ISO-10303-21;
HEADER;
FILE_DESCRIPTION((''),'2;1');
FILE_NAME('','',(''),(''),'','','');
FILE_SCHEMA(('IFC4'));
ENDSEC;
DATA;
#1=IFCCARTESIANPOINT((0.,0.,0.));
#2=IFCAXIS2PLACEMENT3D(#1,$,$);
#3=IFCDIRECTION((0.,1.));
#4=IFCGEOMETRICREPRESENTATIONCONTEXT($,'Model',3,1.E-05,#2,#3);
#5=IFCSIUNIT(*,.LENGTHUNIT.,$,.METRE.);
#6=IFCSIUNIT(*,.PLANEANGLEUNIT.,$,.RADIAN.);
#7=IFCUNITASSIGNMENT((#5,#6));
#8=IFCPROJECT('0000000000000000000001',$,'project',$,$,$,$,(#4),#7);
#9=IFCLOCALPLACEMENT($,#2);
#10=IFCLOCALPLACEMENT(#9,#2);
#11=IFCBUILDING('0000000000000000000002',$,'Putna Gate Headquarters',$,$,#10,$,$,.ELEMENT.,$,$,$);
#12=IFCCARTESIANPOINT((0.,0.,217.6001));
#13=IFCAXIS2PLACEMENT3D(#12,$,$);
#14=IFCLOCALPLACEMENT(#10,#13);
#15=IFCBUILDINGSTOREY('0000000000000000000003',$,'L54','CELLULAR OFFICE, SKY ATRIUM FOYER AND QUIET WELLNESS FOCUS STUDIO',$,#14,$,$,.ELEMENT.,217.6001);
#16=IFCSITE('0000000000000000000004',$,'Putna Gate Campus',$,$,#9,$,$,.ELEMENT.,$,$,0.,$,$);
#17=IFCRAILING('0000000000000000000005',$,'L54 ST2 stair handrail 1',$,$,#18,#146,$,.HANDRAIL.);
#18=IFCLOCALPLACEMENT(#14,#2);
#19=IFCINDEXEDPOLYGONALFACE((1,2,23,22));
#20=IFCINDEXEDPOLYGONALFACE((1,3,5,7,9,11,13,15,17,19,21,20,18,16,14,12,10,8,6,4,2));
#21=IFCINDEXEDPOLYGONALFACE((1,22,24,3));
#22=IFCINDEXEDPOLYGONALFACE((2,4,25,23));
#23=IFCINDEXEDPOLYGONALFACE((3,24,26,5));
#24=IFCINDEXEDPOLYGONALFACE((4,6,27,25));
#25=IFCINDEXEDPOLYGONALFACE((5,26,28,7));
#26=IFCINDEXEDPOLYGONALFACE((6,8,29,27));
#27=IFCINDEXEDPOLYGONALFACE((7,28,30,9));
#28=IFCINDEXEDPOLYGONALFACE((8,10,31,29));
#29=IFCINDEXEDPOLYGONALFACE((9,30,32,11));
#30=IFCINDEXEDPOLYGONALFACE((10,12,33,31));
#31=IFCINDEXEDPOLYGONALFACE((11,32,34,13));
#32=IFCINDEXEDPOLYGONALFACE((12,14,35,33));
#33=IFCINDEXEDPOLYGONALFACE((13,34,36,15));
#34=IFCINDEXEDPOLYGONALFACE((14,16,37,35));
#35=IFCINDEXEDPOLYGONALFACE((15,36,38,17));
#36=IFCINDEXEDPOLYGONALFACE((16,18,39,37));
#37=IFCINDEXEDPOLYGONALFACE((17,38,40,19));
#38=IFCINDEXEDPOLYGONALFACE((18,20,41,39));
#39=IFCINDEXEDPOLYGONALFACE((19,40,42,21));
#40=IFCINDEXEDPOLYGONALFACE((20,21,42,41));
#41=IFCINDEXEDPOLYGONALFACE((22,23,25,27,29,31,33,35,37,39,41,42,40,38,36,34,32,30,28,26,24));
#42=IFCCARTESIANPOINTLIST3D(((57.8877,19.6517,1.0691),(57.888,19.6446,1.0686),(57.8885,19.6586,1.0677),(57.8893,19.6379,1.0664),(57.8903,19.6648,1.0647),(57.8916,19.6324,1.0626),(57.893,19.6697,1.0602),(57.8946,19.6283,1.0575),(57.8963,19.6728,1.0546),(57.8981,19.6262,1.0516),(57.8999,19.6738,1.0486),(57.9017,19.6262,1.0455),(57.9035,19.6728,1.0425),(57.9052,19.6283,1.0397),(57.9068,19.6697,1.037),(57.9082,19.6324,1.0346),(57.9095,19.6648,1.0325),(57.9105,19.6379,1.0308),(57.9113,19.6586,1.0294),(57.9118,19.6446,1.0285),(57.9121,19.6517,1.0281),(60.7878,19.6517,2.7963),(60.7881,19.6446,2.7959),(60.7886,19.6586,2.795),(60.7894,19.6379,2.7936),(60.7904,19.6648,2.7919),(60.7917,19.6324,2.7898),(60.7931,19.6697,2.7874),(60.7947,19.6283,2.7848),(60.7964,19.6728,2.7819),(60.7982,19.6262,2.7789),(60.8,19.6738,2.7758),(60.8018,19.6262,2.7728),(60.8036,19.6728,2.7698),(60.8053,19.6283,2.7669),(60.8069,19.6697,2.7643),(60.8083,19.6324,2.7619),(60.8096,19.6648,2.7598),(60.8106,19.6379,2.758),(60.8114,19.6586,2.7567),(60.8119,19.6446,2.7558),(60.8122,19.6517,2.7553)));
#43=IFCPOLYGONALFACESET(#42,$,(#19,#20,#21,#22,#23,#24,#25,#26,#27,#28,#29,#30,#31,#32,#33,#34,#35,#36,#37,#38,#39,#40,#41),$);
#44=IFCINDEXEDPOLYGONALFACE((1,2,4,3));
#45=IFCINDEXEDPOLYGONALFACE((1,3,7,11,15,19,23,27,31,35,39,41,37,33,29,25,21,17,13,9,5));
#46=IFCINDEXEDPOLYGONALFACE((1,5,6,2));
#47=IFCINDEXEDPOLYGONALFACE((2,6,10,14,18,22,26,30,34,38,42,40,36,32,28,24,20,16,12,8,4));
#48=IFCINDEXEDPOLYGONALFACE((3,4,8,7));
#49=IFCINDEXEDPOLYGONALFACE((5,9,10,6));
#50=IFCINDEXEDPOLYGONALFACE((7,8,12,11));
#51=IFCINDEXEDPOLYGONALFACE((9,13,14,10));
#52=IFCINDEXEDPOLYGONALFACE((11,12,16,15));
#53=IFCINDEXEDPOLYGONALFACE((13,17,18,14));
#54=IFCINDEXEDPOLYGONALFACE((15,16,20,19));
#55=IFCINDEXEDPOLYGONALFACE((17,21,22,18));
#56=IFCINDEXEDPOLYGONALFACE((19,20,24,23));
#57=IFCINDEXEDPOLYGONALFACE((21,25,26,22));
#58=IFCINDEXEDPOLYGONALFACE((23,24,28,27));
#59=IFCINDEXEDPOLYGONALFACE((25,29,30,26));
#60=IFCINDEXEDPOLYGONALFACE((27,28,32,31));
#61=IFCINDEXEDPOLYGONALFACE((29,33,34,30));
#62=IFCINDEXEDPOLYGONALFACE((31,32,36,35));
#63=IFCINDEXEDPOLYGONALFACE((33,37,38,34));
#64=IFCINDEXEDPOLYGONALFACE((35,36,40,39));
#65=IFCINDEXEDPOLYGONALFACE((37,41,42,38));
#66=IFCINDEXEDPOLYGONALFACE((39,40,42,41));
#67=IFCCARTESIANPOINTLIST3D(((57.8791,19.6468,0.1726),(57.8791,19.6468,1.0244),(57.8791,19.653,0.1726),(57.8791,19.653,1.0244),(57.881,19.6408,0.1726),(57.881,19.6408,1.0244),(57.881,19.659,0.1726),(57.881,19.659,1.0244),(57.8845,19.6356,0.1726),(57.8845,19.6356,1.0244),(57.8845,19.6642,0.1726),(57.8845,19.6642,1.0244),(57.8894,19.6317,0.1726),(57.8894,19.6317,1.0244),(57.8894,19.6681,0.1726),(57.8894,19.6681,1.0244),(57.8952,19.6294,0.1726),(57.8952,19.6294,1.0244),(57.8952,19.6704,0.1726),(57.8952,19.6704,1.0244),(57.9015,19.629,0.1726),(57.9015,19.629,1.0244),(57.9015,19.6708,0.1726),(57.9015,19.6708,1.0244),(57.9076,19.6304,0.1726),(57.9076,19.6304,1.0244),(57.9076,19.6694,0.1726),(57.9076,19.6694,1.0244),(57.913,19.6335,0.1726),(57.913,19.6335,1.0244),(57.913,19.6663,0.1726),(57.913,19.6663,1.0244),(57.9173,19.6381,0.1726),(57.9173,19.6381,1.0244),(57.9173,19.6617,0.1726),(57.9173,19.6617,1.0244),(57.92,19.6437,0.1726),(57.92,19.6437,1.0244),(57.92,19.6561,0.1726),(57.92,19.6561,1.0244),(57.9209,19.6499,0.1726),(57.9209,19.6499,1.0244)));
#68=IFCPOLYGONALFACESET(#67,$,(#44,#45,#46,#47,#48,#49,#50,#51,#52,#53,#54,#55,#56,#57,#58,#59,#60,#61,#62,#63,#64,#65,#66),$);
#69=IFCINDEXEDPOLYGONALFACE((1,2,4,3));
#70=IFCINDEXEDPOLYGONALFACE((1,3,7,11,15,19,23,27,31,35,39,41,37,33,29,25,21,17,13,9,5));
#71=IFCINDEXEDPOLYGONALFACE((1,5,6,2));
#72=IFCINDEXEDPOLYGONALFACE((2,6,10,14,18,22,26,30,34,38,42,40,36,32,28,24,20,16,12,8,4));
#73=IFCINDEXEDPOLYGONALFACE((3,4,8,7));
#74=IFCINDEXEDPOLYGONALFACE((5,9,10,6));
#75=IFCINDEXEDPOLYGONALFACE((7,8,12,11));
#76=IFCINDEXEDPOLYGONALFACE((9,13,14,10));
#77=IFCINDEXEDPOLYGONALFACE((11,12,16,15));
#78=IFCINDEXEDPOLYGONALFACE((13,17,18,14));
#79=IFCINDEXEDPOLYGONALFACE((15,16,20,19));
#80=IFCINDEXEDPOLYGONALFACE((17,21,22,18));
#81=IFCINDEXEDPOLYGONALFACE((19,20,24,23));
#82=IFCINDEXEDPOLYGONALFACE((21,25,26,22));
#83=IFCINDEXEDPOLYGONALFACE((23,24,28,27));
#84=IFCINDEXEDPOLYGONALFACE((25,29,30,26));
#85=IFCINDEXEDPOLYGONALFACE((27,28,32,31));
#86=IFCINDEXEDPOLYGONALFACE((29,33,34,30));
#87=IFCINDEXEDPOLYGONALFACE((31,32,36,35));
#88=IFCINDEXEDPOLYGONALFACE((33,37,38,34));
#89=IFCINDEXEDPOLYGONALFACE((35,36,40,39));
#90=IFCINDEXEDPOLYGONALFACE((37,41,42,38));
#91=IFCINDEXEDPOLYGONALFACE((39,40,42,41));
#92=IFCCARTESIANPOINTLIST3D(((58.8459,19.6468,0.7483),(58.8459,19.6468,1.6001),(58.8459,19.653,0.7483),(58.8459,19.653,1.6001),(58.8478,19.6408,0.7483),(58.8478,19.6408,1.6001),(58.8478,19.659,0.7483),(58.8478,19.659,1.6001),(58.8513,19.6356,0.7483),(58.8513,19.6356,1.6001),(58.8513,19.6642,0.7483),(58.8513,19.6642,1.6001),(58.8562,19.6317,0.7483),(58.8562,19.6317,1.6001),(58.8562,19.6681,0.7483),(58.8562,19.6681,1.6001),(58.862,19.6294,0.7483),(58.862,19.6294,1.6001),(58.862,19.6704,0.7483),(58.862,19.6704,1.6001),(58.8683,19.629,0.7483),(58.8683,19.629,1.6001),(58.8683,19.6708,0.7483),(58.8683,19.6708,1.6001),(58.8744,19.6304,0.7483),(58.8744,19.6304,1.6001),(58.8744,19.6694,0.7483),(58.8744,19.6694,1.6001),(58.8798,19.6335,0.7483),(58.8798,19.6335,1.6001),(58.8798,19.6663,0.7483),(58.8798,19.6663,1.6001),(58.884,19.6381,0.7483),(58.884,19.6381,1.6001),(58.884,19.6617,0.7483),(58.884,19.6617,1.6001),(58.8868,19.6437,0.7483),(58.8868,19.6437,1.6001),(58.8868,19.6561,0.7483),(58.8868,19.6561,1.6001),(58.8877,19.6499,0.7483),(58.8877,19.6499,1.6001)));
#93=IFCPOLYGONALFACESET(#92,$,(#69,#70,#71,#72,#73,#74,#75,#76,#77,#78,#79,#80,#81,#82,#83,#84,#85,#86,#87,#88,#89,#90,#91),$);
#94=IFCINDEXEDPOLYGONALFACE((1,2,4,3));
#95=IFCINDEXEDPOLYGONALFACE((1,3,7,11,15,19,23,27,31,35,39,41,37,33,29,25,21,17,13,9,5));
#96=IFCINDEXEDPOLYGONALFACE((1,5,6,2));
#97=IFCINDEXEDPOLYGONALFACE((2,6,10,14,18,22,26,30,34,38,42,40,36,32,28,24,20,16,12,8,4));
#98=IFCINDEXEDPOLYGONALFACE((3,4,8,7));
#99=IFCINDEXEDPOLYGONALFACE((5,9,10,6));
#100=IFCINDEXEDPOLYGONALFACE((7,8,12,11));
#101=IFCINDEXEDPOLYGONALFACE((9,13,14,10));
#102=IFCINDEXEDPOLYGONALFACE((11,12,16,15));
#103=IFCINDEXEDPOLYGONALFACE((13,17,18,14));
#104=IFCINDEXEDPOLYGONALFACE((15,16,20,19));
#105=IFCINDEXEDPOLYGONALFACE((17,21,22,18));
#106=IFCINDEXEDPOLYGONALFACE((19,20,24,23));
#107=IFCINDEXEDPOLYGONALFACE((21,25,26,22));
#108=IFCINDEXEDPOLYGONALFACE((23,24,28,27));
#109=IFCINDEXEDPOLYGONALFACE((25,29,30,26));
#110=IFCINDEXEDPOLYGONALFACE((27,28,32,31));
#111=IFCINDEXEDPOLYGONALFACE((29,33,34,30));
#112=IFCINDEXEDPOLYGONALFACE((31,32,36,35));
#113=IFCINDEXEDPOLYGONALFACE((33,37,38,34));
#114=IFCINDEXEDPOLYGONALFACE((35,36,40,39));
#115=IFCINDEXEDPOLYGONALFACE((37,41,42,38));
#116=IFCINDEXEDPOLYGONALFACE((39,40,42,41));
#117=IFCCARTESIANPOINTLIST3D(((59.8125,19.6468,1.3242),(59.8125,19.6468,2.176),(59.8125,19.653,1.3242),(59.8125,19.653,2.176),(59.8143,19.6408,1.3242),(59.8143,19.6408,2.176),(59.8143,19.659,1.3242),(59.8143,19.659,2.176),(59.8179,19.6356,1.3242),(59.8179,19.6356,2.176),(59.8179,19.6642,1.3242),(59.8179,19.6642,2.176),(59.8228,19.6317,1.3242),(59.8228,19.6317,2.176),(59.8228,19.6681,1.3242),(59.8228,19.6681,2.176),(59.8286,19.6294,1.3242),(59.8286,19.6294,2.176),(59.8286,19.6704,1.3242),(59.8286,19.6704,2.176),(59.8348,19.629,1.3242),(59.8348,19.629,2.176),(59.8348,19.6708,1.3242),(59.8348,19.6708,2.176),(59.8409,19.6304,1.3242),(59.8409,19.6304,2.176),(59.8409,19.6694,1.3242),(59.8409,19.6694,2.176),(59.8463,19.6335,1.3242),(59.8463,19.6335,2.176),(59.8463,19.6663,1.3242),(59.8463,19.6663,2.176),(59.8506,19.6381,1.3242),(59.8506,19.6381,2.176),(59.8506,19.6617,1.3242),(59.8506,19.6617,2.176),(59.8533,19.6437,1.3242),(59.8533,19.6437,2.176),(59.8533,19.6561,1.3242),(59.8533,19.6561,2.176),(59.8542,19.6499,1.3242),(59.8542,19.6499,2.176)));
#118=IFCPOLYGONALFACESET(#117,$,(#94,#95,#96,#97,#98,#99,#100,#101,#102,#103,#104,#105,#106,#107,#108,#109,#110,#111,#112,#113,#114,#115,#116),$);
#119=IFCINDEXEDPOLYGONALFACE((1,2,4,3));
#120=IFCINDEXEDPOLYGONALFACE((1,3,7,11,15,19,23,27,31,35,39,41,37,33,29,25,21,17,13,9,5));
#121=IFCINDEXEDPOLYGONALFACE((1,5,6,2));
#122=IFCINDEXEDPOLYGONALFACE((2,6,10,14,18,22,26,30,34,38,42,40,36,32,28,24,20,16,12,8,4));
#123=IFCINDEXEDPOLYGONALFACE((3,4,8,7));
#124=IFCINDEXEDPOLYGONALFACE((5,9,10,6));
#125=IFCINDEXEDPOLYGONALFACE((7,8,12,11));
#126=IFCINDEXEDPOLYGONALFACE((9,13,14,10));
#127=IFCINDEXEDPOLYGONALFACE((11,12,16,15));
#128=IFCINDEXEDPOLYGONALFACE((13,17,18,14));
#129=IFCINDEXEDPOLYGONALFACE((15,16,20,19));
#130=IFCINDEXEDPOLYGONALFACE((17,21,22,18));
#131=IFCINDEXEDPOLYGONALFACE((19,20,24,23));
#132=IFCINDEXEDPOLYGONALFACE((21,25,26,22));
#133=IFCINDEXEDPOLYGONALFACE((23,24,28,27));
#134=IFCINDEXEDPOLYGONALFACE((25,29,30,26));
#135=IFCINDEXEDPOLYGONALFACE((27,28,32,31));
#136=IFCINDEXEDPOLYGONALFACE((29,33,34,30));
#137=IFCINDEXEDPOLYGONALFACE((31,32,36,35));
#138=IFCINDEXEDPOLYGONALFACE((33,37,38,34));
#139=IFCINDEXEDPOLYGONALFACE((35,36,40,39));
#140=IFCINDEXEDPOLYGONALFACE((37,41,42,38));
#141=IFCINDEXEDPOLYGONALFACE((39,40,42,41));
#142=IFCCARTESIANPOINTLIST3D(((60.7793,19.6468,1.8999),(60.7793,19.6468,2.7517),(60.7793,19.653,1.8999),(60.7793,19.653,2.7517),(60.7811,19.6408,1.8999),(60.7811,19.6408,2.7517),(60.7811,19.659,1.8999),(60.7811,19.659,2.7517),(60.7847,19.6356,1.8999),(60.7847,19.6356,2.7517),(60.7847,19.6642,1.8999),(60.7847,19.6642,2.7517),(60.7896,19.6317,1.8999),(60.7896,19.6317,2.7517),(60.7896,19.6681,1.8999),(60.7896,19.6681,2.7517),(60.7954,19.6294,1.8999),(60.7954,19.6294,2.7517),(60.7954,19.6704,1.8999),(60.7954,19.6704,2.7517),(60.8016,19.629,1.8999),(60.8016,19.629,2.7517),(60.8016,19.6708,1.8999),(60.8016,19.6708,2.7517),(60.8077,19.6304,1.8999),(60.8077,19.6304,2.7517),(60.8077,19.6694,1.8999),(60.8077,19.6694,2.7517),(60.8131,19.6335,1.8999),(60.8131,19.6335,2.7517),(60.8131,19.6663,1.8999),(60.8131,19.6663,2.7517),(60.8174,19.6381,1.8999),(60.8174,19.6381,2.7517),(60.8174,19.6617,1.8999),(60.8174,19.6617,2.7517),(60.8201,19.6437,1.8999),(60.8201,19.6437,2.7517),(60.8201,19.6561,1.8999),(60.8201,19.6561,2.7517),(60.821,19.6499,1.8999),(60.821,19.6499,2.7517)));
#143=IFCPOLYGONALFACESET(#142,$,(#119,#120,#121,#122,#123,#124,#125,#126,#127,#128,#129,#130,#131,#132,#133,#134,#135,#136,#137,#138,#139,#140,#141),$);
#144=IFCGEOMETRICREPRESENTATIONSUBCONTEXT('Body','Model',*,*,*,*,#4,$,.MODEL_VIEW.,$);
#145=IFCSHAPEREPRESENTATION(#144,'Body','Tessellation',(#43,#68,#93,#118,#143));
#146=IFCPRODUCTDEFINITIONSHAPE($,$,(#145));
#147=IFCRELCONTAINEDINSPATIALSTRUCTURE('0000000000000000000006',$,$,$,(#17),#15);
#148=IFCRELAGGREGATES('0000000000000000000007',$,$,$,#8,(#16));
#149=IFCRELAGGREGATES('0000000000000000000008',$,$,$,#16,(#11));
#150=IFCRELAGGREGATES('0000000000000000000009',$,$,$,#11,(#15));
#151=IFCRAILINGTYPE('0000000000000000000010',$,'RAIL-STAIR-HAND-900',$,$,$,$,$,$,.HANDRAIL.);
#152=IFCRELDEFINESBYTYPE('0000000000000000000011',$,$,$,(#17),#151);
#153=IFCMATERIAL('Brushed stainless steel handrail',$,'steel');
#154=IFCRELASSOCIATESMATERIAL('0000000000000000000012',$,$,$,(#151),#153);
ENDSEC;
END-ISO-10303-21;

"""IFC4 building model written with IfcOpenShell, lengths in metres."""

from ifc_helpers import new_model, si_unit, direction, frame, origin, origin_2d, place, context, subcontext, project, spatial, circle, extrude, material, type_object, element, save


model = new_model("IFC4")

# Units and contexts
model_context = context("Model", 3, precision=1e-05, world=origin(), true_north=direction((0.0, 1.0)))
body_context = subcontext(model_context, "Body", "Model", "MODEL_VIEW")
ifc_project = project(units=[si_unit("LENGTHUNIT", "METRE"), si_unit("PLANEANGLEUNIT", "RADIAN")], contexts=[model_context])

# Site, building, storey
site_placement = place(None, origin())
site = spatial("IfcSite", under=ifc_project, at=site_placement, Name="Putna Gate Campus", CompositionType="ELEMENT", RefElevation=0.0)
building_placement = place(site_placement, origin())
building = spatial("IfcBuilding", under=site, at=building_placement, Name="Putna Gate Headquarters", CompositionType="ELEMENT")
storey_placement = place(building_placement, frame((0.0, 0.0, 217.6001)))
storey = spatial("IfcBuildingStorey", under=building, at=storey_placement, Name="L54", Description="CELLULAR OFFICE, SKY ATRIUM FOYER AND QUIET WELLNESS FOCUS STUDIO", CompositionType="ELEMENT", Elevation=217.6001)

# Railing
ifc_material_1 = material(Name="Brushed stainless steel handrail", Category="steel")
railing_type_1 = type_object("IfcRailingType", Name="RAIL-STAIR-HAND-900", PredefinedType="HANDRAIL", material=ifc_material_1)
railing_1_placement = place(storey_placement, frame((57.8999, 19.6499, 0.1726)))
element("IfcRailing", 1, at=railing_1_placement, inside=storey, type_object=railing_type_1, Name="L54 ST2 stair handrail 1", PredefinedType="HANDRAIL", context=body_context, shape_type="SweptSolid", body=[
    extrude(circle(Radius=0.0239, at=origin_2d()), frame((0.0, 0.0, 0.876), z_axis=(0.85916, 0.0, 0.511706), x_axis=(0.0, 1.0, 0.0)), (0.0, 0.0, 1.0), 3.3755),
    extrude(circle(Radius=0.021, at=origin_2d()), origin(), (0.0, 0.0, 1.0), 0.8518),
    extrude(circle(Radius=0.021, at=origin_2d()), frame((0.9668, 0.0, 0.5757)), (0.0, 0.0, 1.0), 0.8518),
    extrude(circle(Radius=0.021, at=origin_2d()), frame((1.9333, 0.0, 1.1516)), (0.0, 0.0, 1.0), 0.8518),
    extrude(circle(Radius=0.021, at=origin_2d()), frame((2.9001, 0.0, 1.7273)), (0.0, 0.0, 1.0), 0.8518),
])

save(model, "model.ifc")
